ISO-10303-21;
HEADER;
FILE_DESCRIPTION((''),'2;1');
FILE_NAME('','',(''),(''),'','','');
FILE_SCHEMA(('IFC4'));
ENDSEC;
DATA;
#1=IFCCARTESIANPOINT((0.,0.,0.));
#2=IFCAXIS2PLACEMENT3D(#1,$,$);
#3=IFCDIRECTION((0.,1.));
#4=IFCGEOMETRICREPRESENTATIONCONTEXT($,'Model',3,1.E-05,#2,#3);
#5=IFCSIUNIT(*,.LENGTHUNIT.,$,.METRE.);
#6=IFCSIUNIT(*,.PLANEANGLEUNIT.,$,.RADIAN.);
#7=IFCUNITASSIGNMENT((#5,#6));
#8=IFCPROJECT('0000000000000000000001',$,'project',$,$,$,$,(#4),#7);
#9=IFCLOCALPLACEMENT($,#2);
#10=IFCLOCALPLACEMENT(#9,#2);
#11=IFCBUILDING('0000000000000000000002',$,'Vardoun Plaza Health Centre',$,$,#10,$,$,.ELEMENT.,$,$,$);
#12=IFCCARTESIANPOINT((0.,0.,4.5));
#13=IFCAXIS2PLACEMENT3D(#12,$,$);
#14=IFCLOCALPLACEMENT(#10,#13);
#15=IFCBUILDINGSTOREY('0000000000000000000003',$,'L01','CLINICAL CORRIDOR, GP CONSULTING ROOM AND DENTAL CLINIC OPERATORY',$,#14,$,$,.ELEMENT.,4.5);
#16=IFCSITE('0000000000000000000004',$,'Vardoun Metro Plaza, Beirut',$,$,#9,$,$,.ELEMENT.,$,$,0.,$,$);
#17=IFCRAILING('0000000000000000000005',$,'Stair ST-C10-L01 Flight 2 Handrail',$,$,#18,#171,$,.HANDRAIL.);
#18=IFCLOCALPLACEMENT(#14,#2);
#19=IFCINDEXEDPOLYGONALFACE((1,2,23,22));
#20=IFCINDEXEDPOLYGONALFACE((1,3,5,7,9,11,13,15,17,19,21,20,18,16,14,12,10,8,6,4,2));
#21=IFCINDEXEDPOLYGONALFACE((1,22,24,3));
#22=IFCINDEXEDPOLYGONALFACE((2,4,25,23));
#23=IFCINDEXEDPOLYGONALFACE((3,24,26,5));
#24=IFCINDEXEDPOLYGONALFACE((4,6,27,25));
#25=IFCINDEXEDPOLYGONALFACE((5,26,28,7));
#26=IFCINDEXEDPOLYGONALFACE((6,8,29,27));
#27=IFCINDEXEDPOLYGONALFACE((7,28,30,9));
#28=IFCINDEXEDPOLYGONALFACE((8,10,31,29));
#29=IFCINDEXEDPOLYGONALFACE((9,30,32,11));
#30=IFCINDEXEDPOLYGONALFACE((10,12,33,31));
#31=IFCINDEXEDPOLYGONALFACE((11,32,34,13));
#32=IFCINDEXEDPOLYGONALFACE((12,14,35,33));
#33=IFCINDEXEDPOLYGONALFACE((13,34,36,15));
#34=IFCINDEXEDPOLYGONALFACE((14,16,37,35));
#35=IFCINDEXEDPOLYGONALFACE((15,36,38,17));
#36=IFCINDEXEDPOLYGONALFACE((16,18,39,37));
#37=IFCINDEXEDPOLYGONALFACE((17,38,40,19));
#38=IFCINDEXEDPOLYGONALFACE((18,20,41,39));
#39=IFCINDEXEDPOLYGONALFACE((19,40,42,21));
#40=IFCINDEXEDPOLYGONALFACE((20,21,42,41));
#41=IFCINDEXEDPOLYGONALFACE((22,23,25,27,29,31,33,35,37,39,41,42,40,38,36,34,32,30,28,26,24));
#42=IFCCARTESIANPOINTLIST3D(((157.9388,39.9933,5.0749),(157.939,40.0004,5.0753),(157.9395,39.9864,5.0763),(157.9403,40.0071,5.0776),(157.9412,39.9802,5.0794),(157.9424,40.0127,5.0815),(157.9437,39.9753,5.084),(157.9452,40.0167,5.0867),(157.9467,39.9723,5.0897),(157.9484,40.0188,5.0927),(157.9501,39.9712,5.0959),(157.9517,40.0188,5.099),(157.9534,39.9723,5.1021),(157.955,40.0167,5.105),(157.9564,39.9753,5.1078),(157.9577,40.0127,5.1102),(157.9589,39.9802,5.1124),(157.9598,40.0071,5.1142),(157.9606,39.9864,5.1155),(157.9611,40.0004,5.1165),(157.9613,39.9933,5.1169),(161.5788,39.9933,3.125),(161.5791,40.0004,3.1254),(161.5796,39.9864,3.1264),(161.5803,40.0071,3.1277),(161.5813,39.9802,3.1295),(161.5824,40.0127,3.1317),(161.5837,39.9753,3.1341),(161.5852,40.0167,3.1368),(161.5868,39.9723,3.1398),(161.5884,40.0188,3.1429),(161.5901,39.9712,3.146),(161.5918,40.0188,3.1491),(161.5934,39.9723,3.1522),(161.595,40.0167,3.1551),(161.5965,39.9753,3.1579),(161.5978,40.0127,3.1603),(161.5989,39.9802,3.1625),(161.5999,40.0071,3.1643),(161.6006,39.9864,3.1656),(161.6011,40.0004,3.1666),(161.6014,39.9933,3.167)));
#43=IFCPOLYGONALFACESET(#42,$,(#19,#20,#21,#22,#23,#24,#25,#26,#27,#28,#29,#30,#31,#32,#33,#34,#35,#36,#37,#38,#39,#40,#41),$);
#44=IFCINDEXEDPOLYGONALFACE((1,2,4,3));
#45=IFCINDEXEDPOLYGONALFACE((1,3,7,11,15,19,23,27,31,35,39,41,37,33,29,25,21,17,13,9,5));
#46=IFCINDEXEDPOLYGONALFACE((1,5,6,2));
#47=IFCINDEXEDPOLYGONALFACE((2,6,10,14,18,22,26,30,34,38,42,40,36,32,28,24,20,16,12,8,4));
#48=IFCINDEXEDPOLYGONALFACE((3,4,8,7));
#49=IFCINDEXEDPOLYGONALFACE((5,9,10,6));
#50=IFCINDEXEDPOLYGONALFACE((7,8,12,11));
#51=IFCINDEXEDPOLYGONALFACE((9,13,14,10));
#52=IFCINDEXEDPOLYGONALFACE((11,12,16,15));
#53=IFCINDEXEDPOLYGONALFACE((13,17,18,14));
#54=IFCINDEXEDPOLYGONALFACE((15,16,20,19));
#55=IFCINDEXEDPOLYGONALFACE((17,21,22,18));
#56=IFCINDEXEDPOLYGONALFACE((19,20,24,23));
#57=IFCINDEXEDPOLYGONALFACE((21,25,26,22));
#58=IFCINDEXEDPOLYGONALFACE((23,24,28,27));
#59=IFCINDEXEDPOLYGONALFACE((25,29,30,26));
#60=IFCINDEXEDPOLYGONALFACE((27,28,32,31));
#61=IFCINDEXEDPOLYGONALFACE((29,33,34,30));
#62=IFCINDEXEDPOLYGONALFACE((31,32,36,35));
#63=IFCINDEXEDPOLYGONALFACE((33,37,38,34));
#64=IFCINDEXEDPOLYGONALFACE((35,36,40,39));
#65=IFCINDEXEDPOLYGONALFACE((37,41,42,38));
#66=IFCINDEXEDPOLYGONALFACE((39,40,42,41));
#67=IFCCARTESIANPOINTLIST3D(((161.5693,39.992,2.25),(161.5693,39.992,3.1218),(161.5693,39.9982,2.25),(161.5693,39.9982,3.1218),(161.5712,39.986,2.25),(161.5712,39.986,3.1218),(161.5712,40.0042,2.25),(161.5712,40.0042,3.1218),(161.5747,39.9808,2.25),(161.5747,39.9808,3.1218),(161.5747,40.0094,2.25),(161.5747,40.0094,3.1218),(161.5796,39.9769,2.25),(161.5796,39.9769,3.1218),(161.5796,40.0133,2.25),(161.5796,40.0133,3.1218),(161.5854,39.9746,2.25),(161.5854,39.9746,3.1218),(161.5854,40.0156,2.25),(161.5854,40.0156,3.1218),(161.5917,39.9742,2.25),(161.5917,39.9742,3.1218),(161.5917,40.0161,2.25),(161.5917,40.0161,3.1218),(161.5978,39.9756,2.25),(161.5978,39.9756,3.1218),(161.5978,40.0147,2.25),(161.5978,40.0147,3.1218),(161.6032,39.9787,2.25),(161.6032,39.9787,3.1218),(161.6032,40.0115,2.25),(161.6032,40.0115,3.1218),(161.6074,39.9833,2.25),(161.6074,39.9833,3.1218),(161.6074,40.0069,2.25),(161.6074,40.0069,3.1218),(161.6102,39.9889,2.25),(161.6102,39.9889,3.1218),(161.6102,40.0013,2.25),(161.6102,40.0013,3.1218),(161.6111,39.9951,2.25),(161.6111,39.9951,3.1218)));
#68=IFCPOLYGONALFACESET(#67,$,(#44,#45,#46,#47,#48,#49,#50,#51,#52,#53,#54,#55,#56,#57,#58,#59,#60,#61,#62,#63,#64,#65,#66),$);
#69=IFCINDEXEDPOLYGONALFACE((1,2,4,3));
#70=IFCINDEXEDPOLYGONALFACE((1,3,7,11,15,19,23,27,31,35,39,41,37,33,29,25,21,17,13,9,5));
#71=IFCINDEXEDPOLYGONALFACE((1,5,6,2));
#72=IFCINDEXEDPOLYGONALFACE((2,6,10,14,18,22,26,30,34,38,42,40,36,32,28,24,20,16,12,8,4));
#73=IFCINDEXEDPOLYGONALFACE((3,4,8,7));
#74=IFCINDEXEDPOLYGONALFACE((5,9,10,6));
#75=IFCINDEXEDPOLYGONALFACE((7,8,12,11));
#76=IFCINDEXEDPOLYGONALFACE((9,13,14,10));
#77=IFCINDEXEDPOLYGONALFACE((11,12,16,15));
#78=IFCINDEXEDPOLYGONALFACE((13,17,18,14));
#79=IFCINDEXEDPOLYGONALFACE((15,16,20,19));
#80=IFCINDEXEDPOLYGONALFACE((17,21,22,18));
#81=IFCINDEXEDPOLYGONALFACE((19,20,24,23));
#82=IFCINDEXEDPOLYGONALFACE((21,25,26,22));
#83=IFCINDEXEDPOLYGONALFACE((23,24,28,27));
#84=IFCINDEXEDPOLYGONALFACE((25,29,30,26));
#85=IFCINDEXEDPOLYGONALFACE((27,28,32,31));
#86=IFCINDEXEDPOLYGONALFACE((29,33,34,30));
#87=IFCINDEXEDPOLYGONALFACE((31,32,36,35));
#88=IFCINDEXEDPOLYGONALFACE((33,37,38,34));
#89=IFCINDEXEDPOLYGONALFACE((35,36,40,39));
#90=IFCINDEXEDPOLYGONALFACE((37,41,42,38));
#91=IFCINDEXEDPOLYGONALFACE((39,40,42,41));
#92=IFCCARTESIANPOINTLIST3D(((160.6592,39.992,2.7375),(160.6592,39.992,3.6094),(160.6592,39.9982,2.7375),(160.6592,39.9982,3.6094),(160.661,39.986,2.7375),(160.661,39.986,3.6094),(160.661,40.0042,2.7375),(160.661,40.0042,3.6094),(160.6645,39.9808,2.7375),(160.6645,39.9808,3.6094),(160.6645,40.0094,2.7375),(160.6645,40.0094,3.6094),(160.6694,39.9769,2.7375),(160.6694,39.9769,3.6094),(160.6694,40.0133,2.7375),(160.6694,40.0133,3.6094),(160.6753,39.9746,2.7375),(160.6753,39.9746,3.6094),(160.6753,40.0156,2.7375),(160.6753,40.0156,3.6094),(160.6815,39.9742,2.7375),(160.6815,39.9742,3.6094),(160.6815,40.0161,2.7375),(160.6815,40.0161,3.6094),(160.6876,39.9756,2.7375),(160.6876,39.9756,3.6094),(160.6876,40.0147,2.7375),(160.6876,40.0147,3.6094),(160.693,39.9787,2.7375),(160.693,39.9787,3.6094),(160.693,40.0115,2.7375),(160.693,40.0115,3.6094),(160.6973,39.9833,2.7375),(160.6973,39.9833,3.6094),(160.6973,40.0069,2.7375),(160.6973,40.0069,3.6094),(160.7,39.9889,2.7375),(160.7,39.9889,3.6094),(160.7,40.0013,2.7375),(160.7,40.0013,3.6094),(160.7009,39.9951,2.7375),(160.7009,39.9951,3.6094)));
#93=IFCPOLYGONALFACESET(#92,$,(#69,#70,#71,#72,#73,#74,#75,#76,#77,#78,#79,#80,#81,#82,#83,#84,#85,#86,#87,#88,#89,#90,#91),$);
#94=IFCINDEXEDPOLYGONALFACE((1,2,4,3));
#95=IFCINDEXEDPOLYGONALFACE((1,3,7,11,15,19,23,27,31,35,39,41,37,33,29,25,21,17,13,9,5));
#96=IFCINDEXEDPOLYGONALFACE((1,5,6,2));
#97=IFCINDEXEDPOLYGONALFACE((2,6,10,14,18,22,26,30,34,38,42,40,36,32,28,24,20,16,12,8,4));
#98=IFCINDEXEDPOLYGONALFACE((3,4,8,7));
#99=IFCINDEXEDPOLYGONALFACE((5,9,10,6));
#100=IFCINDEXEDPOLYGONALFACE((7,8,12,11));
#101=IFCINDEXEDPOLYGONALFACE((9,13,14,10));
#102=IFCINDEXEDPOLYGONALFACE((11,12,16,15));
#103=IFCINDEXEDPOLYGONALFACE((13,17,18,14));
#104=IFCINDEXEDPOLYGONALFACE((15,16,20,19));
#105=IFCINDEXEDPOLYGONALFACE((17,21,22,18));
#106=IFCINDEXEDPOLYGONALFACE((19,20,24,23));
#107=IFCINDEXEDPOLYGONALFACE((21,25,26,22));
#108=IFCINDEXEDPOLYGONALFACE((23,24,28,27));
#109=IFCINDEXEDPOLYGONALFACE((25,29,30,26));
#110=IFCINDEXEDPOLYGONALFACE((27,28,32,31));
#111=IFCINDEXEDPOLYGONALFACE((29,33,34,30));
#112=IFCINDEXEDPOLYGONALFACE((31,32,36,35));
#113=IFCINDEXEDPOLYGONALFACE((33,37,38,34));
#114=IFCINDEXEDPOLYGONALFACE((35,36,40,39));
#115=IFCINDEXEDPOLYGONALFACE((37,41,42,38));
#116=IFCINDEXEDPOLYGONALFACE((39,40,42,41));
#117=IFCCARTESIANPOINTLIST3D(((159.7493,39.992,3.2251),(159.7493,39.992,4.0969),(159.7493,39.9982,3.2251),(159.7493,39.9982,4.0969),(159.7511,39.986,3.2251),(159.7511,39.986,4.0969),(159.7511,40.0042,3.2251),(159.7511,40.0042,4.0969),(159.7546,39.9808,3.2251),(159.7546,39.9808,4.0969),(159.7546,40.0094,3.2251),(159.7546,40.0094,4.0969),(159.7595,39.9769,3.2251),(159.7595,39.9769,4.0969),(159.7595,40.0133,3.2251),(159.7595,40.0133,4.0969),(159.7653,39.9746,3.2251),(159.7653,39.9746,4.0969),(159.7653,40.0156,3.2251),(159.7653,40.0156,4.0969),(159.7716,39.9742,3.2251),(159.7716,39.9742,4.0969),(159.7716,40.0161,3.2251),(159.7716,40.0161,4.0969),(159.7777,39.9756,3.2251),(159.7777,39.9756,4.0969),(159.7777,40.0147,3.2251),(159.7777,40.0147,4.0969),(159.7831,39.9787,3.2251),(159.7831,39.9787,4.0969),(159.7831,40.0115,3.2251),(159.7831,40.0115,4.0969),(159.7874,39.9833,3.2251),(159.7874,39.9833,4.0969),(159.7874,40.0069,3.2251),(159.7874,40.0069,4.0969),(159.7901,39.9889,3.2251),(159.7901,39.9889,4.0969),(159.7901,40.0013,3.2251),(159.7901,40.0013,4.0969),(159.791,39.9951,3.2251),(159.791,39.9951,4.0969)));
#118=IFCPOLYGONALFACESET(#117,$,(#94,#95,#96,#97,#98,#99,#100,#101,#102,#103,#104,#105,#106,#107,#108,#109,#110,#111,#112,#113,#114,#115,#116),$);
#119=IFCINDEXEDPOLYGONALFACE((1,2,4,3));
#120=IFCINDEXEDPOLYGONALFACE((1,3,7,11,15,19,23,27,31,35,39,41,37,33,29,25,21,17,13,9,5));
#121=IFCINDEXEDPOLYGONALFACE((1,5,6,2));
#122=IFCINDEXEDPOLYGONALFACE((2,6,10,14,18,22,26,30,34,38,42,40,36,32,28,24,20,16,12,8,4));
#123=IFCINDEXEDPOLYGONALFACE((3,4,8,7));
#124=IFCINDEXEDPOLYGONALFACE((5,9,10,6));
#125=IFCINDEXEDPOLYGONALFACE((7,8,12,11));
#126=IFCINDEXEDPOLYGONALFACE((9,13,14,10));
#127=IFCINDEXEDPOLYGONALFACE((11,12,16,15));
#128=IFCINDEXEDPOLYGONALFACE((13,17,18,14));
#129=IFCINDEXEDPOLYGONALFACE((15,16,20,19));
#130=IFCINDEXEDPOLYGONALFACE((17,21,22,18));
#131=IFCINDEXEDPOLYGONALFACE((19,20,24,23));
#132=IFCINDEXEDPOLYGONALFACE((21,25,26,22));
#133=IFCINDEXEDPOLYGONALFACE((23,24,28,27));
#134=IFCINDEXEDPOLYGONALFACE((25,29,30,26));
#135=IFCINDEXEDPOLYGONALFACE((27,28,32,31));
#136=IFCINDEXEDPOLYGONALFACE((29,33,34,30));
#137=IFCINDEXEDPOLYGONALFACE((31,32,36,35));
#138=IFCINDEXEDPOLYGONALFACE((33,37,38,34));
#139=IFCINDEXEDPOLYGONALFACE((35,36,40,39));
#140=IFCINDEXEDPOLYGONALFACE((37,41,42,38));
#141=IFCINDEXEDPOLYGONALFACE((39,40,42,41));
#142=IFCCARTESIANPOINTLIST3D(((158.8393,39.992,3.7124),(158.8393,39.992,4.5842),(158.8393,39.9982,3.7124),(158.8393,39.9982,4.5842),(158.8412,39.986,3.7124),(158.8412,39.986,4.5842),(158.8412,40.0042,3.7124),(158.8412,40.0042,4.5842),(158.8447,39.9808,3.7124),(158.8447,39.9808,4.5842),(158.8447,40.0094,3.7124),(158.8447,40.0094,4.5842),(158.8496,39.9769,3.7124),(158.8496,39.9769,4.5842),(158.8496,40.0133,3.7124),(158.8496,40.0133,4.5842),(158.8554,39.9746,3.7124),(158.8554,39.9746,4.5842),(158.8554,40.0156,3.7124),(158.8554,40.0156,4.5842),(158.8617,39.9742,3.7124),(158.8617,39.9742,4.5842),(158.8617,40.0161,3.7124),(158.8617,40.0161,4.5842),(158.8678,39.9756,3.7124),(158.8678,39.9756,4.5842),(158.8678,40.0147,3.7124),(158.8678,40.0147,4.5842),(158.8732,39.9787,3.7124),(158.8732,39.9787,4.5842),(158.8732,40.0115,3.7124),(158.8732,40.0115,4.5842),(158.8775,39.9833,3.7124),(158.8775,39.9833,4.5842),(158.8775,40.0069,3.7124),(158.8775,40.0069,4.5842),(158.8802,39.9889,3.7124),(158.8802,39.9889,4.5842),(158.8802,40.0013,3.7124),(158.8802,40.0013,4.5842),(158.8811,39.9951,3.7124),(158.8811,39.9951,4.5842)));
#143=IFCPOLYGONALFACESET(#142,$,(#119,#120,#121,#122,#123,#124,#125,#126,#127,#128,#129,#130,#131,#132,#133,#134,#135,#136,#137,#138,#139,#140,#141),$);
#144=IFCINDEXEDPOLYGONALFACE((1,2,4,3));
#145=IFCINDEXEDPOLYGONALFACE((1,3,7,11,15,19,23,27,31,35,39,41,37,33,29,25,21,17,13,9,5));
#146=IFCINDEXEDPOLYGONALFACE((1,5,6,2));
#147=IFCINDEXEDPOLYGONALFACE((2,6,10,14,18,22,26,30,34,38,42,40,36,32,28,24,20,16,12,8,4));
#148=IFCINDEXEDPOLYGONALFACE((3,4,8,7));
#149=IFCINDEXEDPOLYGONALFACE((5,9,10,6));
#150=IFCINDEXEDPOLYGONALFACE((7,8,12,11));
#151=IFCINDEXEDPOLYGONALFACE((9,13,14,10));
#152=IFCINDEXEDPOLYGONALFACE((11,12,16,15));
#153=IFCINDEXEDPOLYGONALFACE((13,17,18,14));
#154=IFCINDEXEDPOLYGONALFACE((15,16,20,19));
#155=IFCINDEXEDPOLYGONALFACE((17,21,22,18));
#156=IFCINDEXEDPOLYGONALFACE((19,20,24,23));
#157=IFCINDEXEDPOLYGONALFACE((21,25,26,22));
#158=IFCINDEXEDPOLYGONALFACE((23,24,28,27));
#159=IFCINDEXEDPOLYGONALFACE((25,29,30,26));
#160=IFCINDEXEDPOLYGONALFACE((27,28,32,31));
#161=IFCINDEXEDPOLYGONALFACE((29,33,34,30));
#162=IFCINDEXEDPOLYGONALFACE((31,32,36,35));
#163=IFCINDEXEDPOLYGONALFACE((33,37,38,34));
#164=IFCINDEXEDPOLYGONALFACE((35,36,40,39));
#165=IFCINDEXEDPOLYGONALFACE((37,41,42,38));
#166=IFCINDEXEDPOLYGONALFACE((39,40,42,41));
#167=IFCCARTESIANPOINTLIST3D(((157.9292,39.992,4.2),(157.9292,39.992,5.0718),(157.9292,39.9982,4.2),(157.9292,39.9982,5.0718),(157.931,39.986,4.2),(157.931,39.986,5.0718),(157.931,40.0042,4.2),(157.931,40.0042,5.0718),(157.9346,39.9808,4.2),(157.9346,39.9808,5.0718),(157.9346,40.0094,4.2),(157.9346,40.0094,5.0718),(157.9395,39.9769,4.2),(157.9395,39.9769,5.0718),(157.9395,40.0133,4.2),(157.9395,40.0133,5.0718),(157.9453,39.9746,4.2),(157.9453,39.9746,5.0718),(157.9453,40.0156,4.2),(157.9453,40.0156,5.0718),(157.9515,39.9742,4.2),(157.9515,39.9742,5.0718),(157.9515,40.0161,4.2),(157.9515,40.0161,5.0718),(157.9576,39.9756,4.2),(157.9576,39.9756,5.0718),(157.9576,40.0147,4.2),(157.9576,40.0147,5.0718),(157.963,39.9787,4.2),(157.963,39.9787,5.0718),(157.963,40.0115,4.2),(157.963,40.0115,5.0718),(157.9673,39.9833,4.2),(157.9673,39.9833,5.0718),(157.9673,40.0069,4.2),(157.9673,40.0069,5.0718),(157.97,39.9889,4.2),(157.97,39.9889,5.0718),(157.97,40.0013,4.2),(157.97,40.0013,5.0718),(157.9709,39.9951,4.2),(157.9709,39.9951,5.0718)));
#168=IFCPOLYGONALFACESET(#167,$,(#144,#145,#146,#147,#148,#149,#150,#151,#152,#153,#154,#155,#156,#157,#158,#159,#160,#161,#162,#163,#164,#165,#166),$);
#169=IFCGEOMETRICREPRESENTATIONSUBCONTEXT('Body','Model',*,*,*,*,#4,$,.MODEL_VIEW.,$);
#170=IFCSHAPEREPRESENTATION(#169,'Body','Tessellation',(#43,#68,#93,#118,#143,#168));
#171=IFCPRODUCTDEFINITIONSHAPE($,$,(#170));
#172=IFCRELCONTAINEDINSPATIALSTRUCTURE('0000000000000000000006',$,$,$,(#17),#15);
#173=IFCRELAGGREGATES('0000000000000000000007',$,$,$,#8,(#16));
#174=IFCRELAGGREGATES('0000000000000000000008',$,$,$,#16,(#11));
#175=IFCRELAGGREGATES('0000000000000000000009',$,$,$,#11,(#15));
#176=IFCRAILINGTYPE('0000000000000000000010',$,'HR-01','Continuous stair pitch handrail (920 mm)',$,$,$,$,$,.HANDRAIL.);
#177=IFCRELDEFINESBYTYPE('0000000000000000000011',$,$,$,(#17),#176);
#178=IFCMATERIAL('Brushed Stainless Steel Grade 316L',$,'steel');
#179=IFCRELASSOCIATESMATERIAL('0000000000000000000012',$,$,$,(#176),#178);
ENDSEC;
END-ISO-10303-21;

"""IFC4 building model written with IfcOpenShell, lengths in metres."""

from ifc_helpers import new_model, si_unit, direction, frame, origin, origin_2d, place, context, subcontext, project, spatial, circle, extrude, material, type_object, element, save


model = new_model("IFC4")

# Units and contexts
model_context = context("Model", 3, precision=1e-05, world=origin(), true_north=direction((0.0, 1.0)))
body_context = subcontext(model_context, "Body", "Model", "MODEL_VIEW")
ifc_project = project(units=[si_unit("LENGTHUNIT", "METRE"), si_unit("PLANEANGLEUNIT", "RADIAN")], contexts=[model_context])

# Site, building, storey
site_placement = place(None, origin())
site = spatial("IfcSite", under=ifc_project, at=site_placement, Name="Vardoun Metro Plaza, Beirut", CompositionType="ELEMENT", RefElevation=0.0)
building_placement = place(site_placement, origin())
building = spatial("IfcBuilding", under=site, at=building_placement, Name="Vardoun Plaza Health Centre", CompositionType="ELEMENT")
storey_placement = place(building_placement, frame((0.0, 0.0, 4.5)))
storey = spatial("IfcBuildingStorey", under=building, at=storey_placement, Name="L01", Description="CLINICAL CORRIDOR, GP CONSULTING ROOM AND DENTAL CLINIC OPERATORY", CompositionType="ELEMENT", Elevation=4.5)

# Railing
ifc_material_1 = material(Name="Brushed Stainless Steel Grade 316L", Category="steel")
railing_type_1 = type_object("IfcRailingType", Name="HR-01", Description="Continuous stair pitch handrail (920 mm)", PredefinedType="HANDRAIL", material=ifc_material_1)
railing_1_placement = place(storey_placement, frame((161.5901, 39.9951, 2.25)))
element("IfcRailing", 1, at=railing_1_placement, inside=storey, type_object=railing_type_1, Name="Stair ST-C10-L01 Flight 2 Handrail", PredefinedType="HANDRAIL", context=body_context, shape_type="SweptSolid", body=[
    extrude(circle(Radius=0.0239, at=origin_2d()), frame((0.0, 0.0, 0.896), z_axis=(-0.881492, 0.0, 0.472198), x_axis=(0.0, -1.0, 0.0)), (0.0, 0.0, 1.0), 4.1294),
    extrude(circle(Radius=0.021, at=origin_2d()), origin(), (0.0, 0.0, 1.0), 0.8718),
    extrude(circle(Radius=0.021, at=origin_2d()), frame((-0.9102, 0.0, 0.4875)), (0.0, 0.0, 1.0), 0.8718),
    extrude(circle(Radius=0.021, at=origin_2d()), frame((-1.8201, 0.0, 0.9751)), (0.0, 0.0, 1.0), 0.8718),
    extrude(circle(Radius=0.021, at=origin_2d()), frame((-2.73, 0.0, 1.4624)), (0.0, 0.0, 1.0), 0.8718),
    extrude(circle(Radius=0.021, at=origin_2d()), frame((-3.6401, 0.0, 1.95)), (0.0, 0.0, 1.0), 0.8718),
])

save(model, "model.ifc")
